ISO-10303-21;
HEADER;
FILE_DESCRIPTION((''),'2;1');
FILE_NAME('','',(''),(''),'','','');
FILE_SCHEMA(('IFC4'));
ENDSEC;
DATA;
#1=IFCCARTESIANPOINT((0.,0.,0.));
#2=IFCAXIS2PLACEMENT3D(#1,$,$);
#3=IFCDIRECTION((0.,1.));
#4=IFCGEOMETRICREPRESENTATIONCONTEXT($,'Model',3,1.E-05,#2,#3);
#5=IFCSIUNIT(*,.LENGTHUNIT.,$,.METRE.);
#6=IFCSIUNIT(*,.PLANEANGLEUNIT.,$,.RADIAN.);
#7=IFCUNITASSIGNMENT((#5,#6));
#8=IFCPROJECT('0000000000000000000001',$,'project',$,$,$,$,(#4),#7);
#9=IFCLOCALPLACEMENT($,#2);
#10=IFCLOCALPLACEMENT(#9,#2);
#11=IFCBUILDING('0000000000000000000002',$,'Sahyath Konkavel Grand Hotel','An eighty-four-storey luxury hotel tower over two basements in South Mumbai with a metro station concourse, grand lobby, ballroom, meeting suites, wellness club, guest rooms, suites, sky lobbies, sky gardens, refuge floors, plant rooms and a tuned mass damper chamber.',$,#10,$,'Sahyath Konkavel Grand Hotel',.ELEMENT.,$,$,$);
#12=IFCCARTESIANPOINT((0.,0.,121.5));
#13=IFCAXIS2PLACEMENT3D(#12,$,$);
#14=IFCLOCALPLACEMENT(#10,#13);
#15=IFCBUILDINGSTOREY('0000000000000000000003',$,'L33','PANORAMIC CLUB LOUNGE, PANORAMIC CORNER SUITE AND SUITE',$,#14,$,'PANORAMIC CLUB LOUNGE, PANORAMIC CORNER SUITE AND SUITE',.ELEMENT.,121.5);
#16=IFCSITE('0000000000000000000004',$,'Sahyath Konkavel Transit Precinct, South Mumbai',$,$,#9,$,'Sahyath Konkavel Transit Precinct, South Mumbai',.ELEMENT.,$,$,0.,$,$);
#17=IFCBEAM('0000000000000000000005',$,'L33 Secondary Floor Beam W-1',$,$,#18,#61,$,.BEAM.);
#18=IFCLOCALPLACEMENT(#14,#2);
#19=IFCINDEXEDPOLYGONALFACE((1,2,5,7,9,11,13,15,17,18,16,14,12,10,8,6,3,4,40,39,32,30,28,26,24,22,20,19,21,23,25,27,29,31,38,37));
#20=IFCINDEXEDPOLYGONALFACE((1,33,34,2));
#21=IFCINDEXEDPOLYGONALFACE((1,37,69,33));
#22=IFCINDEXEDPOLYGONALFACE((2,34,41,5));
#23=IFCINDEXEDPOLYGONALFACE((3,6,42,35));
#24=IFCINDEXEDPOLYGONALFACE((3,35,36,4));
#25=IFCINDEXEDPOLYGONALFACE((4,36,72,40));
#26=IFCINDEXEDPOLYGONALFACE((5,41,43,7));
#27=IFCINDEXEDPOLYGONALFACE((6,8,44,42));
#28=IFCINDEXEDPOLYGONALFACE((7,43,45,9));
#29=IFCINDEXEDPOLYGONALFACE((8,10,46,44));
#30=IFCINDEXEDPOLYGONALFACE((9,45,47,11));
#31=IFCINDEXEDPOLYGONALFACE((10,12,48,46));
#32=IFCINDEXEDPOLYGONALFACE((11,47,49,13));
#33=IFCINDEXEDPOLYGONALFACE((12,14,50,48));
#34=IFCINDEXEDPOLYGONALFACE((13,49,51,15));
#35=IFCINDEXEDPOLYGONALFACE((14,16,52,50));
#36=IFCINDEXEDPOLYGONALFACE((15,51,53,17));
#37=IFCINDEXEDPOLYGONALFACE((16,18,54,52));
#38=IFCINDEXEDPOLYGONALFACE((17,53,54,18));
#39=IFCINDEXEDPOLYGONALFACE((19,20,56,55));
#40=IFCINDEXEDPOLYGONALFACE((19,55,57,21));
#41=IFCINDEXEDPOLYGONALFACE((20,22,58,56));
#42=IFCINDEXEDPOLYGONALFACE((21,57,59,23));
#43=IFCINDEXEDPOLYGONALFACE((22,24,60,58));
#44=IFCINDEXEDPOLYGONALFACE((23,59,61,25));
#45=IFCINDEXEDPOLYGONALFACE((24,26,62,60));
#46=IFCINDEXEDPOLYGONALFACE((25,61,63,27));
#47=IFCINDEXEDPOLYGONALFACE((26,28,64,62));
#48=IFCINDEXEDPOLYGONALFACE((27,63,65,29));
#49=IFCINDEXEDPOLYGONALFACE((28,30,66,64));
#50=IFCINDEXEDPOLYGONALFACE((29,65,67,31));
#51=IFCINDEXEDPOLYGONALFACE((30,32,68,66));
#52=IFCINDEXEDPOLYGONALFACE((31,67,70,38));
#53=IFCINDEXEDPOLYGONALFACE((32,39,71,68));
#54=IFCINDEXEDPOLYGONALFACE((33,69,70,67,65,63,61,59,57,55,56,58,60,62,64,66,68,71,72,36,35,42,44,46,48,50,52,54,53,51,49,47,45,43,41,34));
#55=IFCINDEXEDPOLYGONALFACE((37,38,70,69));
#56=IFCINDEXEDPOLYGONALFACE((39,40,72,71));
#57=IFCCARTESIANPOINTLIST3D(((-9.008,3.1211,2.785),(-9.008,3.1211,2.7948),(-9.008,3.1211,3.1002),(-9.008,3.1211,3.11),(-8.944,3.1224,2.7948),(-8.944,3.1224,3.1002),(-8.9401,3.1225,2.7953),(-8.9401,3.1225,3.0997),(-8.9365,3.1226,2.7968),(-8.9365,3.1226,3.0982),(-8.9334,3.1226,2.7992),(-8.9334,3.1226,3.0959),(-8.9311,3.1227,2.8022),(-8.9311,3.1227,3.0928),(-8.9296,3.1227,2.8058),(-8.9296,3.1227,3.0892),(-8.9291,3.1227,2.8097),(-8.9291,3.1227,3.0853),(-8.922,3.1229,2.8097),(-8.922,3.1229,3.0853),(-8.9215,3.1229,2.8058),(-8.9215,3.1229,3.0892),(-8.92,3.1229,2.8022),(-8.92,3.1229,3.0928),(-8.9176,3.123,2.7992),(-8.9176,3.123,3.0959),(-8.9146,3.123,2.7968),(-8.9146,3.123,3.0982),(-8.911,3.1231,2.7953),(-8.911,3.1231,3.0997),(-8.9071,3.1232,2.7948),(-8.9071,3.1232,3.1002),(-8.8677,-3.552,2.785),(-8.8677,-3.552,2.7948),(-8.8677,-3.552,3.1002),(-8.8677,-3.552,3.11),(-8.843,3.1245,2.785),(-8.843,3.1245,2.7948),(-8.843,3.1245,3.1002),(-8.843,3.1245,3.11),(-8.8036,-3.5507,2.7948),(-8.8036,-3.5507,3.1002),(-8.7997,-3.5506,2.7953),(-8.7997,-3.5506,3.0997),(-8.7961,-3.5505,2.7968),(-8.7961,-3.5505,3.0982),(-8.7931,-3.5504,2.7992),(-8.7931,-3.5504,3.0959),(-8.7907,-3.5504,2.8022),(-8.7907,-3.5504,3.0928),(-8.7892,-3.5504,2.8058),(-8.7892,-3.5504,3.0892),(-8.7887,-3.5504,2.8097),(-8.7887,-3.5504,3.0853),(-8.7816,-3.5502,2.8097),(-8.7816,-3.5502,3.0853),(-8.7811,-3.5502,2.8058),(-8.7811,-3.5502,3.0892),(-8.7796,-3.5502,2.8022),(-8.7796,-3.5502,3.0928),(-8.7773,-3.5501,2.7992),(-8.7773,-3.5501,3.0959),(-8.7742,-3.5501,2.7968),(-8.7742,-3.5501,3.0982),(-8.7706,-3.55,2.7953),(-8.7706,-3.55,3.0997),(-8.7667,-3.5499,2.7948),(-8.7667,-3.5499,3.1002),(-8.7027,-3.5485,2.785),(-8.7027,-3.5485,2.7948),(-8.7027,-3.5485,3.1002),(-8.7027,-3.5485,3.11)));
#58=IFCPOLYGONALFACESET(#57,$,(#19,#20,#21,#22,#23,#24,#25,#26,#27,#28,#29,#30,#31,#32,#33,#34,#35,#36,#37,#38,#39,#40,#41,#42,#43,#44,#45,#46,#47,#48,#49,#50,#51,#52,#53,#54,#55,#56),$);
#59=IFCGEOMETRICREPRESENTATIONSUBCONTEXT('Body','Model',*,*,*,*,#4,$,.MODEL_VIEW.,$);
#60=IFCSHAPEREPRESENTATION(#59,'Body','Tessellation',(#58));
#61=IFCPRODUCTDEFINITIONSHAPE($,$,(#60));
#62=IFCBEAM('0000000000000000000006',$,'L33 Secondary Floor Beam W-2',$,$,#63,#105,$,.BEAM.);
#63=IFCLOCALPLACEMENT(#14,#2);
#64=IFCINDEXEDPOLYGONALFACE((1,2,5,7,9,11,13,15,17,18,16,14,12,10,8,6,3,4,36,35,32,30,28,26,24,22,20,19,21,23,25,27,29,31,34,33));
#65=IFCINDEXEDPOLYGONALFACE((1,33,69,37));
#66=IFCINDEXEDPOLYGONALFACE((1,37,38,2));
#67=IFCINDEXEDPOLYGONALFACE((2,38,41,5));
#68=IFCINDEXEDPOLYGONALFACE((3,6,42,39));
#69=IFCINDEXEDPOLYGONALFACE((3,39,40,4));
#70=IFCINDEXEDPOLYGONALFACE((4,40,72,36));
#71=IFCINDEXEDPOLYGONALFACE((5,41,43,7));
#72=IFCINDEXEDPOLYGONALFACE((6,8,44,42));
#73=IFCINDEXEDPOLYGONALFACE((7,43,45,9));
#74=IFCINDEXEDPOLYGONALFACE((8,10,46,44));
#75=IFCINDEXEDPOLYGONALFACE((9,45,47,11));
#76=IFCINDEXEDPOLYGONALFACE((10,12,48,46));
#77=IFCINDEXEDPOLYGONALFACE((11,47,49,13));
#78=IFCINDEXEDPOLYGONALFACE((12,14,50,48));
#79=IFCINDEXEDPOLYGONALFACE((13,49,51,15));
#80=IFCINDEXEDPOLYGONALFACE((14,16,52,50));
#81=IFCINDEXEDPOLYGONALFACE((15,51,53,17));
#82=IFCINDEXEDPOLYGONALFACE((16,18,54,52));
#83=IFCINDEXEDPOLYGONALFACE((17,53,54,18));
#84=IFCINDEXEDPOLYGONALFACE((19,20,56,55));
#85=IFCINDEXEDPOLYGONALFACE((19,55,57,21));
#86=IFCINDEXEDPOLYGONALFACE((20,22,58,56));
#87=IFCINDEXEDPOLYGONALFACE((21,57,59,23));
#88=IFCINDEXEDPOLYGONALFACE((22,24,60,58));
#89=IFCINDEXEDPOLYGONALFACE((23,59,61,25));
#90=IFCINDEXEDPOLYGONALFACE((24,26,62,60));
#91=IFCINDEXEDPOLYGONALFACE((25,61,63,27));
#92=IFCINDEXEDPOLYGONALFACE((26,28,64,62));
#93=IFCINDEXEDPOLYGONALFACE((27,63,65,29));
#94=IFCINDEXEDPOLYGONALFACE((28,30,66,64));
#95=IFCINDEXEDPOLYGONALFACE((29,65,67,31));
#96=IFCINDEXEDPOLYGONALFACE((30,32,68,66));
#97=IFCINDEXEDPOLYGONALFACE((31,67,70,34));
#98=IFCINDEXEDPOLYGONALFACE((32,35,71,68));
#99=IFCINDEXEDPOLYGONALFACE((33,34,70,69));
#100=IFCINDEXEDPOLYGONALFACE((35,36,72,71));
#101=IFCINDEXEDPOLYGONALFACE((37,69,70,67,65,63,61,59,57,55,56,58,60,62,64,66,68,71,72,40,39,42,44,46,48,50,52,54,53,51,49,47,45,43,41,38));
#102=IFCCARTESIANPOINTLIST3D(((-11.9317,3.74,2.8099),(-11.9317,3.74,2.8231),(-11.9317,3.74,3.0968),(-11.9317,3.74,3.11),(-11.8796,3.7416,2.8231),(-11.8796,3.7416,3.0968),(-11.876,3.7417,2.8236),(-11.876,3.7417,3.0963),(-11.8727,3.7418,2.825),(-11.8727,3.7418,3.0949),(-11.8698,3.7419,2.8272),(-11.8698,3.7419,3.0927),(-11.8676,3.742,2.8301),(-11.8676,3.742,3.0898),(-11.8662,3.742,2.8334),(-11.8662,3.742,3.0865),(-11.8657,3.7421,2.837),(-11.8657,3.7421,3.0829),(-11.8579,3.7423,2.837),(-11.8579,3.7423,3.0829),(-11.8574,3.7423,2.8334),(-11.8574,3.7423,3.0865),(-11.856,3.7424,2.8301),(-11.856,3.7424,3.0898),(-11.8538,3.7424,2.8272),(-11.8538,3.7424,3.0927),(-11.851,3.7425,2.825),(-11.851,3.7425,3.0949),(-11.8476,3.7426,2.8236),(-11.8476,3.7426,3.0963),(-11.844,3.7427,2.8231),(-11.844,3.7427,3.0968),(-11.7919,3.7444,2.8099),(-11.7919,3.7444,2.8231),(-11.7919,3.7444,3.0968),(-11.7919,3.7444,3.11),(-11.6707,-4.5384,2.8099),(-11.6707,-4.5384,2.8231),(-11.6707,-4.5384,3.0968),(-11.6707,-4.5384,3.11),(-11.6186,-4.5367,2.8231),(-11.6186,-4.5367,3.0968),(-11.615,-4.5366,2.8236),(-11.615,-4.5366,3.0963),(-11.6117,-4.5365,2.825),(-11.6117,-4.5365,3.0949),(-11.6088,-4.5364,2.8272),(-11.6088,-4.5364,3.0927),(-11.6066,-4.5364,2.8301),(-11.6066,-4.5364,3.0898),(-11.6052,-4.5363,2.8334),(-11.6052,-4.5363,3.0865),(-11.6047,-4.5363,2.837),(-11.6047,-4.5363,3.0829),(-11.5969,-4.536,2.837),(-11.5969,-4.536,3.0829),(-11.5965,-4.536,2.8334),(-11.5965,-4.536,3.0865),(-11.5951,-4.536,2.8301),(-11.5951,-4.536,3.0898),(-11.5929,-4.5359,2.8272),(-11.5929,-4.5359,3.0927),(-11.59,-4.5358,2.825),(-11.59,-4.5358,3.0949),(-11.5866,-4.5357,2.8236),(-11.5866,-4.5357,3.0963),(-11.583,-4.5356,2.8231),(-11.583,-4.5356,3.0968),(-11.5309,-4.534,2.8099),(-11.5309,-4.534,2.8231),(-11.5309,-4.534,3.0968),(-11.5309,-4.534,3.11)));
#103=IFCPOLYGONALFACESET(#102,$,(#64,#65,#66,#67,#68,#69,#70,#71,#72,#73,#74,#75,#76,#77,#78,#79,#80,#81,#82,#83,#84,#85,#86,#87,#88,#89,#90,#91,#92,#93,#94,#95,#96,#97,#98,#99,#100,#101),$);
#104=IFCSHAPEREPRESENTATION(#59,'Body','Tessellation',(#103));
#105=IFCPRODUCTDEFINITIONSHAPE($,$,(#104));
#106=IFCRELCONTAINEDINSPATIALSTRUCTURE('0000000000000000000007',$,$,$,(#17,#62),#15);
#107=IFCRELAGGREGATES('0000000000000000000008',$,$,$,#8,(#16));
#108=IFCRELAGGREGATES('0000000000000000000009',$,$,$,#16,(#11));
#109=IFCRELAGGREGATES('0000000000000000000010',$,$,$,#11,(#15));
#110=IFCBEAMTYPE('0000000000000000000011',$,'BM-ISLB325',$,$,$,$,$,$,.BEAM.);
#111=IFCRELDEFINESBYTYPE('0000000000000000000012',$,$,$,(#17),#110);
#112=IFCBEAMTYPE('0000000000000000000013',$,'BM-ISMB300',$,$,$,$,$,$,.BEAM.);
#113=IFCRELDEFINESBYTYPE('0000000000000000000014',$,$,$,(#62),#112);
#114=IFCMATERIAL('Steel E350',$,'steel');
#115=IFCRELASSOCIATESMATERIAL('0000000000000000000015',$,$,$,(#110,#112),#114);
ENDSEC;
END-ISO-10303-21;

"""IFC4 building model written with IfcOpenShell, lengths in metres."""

from ifc_helpers import new_model, si_unit, direction, frame, origin, origin_2d, place, context, subcontext, project, spatial, i_section, extrude, source, transform, mapped, material, material_profile, profile_set, type_object, element, save


model = new_model("IFC4")

# Units and contexts
model_context = context("Model", 3, precision=1e-05, world=origin(), true_north=direction((0.0, 1.0)))
body_context = subcontext(model_context, "Body", "Model", "MODEL_VIEW")
ifc_project = project(units=[si_unit("LENGTHUNIT", "METRE"), si_unit("PLANEANGLEUNIT", "RADIAN")], contexts=[model_context])

# Site, building, storey
site_placement = place(None, origin())
site = spatial("IfcSite", under=ifc_project, at=site_placement, Name="Sahyath Konkavel Transit Precinct, South Mumbai", LongName="Sahyath Konkavel Transit Precinct, South Mumbai", CompositionType="ELEMENT", RefElevation=0.0)
building_placement = place(site_placement, origin())
building = spatial("IfcBuilding", under=site, at=building_placement, Name="Sahyath Konkavel Grand Hotel", Description="An eighty-four-storey luxury hotel tower over two basements in South Mumbai with a metro station concourse, grand lobby, ballroom, meeting suites, wellness club, guest rooms, suites, sky lobbies, sky gardens, refuge floors, plant rooms and a tuned mass damper chamber.", LongName="Sahyath Konkavel Grand Hotel", CompositionType="ELEMENT")
storey_placement = place(building_placement, frame((0.0, 0.0, 121.5)))
storey = spatial("IfcBuildingStorey", under=building, at=storey_placement, Name="L33", Description="PANORAMIC CLUB LOUNGE, PANORAMIC CORNER SUITE AND SUITE", LongName="PANORAMIC CLUB LOUNGE, PANORAMIC CORNER SUITE AND SUITE", CompositionType="ELEMENT", Elevation=121.5)

# Beams
ifc_material_1 = material(Name="Steel E350", Category="steel")
ifc_material_profile_1 = material_profile(ifc_material_1, i_section(OverallWidth=0.165, OverallDepth=0.325, WebThickness=0.0071, FlangeThickness=0.0098, FilletRadius=0.0149, at=origin_2d()), Name="ISLB 325")
ifc_profile_set_1 = profile_set([ifc_material_profile_1], Name="Steel E350")
beam_type_1 = type_object("IfcBeamType", Name="BM-ISLB325", PredefinedType="BEAM", material=ifc_profile_set_1)
shared_shape_1 = source(origin(), body_context, "Body", "SweptSolid", [
    extrude(i_section(OverallWidth=0.165, OverallDepth=0.325, WebThickness=0.0071, FlangeThickness=0.0098, FilletRadius=0.0149, at=origin_2d()), origin(), (0.0, 0.0, 1.0), 6.6746),
])
beam_1_placement = place(storey_placement, frame((-8.9255, 3.1228, 2.9475), z_axis=(0.021032, -0.999779, 0.0), x_axis=(0.999779, 0.021032, 0.0)))
element("IfcBeam", 1, at=beam_1_placement, inside=storey, type_object=beam_type_1, Name="L33 Secondary Floor Beam W-1", PredefinedType="BEAM", context=body_context, shape_type="MappedRepresentation", body=[
    mapped(shared_shape_1, transform((0.0, 0.0, 0.0), scale=1.0)),
])
ifc_material_profile_2 = material_profile(ifc_material_1, i_section(OverallWidth=0.1399, OverallDepth=0.3, WebThickness=0.0078, FlangeThickness=0.0132, FilletRadius=0.0139, at=origin_2d()), Name="ISMB 300")
ifc_profile_set_2 = profile_set([ifc_material_profile_2], Name="Steel E350")
beam_type_2 = type_object("IfcBeamType", Name="BM-ISMB300", PredefinedType="BEAM", material=ifc_profile_set_2)
shared_shape_2 = source(origin(), body_context, "Body", "SweptSolid", [
    extrude(i_section(OverallWidth=0.1399, OverallDepth=0.3, WebThickness=0.0078, FlangeThickness=0.0132, FilletRadius=0.0139, at=origin_2d()), origin(), (0.0, 0.0, 1.0), 8.2825),
])
beam_2_placement = place(storey_placement, frame((-11.8618, 3.7422, 2.96), z_axis=(0.031511, -0.999503, 0.0), x_axis=(0.999503, 0.031511, 0.0)))
element("IfcBeam", 2, at=beam_2_placement, inside=storey, type_object=beam_type_2, Name="L33 Secondary Floor Beam W-2", PredefinedType="BEAM", context=body_context, shape_type="MappedRepresentation", body=[
    mapped(shared_shape_2, transform((0.0, 0.0, 0.0), scale=1.0)),
])

save(model, "model.ifc")
